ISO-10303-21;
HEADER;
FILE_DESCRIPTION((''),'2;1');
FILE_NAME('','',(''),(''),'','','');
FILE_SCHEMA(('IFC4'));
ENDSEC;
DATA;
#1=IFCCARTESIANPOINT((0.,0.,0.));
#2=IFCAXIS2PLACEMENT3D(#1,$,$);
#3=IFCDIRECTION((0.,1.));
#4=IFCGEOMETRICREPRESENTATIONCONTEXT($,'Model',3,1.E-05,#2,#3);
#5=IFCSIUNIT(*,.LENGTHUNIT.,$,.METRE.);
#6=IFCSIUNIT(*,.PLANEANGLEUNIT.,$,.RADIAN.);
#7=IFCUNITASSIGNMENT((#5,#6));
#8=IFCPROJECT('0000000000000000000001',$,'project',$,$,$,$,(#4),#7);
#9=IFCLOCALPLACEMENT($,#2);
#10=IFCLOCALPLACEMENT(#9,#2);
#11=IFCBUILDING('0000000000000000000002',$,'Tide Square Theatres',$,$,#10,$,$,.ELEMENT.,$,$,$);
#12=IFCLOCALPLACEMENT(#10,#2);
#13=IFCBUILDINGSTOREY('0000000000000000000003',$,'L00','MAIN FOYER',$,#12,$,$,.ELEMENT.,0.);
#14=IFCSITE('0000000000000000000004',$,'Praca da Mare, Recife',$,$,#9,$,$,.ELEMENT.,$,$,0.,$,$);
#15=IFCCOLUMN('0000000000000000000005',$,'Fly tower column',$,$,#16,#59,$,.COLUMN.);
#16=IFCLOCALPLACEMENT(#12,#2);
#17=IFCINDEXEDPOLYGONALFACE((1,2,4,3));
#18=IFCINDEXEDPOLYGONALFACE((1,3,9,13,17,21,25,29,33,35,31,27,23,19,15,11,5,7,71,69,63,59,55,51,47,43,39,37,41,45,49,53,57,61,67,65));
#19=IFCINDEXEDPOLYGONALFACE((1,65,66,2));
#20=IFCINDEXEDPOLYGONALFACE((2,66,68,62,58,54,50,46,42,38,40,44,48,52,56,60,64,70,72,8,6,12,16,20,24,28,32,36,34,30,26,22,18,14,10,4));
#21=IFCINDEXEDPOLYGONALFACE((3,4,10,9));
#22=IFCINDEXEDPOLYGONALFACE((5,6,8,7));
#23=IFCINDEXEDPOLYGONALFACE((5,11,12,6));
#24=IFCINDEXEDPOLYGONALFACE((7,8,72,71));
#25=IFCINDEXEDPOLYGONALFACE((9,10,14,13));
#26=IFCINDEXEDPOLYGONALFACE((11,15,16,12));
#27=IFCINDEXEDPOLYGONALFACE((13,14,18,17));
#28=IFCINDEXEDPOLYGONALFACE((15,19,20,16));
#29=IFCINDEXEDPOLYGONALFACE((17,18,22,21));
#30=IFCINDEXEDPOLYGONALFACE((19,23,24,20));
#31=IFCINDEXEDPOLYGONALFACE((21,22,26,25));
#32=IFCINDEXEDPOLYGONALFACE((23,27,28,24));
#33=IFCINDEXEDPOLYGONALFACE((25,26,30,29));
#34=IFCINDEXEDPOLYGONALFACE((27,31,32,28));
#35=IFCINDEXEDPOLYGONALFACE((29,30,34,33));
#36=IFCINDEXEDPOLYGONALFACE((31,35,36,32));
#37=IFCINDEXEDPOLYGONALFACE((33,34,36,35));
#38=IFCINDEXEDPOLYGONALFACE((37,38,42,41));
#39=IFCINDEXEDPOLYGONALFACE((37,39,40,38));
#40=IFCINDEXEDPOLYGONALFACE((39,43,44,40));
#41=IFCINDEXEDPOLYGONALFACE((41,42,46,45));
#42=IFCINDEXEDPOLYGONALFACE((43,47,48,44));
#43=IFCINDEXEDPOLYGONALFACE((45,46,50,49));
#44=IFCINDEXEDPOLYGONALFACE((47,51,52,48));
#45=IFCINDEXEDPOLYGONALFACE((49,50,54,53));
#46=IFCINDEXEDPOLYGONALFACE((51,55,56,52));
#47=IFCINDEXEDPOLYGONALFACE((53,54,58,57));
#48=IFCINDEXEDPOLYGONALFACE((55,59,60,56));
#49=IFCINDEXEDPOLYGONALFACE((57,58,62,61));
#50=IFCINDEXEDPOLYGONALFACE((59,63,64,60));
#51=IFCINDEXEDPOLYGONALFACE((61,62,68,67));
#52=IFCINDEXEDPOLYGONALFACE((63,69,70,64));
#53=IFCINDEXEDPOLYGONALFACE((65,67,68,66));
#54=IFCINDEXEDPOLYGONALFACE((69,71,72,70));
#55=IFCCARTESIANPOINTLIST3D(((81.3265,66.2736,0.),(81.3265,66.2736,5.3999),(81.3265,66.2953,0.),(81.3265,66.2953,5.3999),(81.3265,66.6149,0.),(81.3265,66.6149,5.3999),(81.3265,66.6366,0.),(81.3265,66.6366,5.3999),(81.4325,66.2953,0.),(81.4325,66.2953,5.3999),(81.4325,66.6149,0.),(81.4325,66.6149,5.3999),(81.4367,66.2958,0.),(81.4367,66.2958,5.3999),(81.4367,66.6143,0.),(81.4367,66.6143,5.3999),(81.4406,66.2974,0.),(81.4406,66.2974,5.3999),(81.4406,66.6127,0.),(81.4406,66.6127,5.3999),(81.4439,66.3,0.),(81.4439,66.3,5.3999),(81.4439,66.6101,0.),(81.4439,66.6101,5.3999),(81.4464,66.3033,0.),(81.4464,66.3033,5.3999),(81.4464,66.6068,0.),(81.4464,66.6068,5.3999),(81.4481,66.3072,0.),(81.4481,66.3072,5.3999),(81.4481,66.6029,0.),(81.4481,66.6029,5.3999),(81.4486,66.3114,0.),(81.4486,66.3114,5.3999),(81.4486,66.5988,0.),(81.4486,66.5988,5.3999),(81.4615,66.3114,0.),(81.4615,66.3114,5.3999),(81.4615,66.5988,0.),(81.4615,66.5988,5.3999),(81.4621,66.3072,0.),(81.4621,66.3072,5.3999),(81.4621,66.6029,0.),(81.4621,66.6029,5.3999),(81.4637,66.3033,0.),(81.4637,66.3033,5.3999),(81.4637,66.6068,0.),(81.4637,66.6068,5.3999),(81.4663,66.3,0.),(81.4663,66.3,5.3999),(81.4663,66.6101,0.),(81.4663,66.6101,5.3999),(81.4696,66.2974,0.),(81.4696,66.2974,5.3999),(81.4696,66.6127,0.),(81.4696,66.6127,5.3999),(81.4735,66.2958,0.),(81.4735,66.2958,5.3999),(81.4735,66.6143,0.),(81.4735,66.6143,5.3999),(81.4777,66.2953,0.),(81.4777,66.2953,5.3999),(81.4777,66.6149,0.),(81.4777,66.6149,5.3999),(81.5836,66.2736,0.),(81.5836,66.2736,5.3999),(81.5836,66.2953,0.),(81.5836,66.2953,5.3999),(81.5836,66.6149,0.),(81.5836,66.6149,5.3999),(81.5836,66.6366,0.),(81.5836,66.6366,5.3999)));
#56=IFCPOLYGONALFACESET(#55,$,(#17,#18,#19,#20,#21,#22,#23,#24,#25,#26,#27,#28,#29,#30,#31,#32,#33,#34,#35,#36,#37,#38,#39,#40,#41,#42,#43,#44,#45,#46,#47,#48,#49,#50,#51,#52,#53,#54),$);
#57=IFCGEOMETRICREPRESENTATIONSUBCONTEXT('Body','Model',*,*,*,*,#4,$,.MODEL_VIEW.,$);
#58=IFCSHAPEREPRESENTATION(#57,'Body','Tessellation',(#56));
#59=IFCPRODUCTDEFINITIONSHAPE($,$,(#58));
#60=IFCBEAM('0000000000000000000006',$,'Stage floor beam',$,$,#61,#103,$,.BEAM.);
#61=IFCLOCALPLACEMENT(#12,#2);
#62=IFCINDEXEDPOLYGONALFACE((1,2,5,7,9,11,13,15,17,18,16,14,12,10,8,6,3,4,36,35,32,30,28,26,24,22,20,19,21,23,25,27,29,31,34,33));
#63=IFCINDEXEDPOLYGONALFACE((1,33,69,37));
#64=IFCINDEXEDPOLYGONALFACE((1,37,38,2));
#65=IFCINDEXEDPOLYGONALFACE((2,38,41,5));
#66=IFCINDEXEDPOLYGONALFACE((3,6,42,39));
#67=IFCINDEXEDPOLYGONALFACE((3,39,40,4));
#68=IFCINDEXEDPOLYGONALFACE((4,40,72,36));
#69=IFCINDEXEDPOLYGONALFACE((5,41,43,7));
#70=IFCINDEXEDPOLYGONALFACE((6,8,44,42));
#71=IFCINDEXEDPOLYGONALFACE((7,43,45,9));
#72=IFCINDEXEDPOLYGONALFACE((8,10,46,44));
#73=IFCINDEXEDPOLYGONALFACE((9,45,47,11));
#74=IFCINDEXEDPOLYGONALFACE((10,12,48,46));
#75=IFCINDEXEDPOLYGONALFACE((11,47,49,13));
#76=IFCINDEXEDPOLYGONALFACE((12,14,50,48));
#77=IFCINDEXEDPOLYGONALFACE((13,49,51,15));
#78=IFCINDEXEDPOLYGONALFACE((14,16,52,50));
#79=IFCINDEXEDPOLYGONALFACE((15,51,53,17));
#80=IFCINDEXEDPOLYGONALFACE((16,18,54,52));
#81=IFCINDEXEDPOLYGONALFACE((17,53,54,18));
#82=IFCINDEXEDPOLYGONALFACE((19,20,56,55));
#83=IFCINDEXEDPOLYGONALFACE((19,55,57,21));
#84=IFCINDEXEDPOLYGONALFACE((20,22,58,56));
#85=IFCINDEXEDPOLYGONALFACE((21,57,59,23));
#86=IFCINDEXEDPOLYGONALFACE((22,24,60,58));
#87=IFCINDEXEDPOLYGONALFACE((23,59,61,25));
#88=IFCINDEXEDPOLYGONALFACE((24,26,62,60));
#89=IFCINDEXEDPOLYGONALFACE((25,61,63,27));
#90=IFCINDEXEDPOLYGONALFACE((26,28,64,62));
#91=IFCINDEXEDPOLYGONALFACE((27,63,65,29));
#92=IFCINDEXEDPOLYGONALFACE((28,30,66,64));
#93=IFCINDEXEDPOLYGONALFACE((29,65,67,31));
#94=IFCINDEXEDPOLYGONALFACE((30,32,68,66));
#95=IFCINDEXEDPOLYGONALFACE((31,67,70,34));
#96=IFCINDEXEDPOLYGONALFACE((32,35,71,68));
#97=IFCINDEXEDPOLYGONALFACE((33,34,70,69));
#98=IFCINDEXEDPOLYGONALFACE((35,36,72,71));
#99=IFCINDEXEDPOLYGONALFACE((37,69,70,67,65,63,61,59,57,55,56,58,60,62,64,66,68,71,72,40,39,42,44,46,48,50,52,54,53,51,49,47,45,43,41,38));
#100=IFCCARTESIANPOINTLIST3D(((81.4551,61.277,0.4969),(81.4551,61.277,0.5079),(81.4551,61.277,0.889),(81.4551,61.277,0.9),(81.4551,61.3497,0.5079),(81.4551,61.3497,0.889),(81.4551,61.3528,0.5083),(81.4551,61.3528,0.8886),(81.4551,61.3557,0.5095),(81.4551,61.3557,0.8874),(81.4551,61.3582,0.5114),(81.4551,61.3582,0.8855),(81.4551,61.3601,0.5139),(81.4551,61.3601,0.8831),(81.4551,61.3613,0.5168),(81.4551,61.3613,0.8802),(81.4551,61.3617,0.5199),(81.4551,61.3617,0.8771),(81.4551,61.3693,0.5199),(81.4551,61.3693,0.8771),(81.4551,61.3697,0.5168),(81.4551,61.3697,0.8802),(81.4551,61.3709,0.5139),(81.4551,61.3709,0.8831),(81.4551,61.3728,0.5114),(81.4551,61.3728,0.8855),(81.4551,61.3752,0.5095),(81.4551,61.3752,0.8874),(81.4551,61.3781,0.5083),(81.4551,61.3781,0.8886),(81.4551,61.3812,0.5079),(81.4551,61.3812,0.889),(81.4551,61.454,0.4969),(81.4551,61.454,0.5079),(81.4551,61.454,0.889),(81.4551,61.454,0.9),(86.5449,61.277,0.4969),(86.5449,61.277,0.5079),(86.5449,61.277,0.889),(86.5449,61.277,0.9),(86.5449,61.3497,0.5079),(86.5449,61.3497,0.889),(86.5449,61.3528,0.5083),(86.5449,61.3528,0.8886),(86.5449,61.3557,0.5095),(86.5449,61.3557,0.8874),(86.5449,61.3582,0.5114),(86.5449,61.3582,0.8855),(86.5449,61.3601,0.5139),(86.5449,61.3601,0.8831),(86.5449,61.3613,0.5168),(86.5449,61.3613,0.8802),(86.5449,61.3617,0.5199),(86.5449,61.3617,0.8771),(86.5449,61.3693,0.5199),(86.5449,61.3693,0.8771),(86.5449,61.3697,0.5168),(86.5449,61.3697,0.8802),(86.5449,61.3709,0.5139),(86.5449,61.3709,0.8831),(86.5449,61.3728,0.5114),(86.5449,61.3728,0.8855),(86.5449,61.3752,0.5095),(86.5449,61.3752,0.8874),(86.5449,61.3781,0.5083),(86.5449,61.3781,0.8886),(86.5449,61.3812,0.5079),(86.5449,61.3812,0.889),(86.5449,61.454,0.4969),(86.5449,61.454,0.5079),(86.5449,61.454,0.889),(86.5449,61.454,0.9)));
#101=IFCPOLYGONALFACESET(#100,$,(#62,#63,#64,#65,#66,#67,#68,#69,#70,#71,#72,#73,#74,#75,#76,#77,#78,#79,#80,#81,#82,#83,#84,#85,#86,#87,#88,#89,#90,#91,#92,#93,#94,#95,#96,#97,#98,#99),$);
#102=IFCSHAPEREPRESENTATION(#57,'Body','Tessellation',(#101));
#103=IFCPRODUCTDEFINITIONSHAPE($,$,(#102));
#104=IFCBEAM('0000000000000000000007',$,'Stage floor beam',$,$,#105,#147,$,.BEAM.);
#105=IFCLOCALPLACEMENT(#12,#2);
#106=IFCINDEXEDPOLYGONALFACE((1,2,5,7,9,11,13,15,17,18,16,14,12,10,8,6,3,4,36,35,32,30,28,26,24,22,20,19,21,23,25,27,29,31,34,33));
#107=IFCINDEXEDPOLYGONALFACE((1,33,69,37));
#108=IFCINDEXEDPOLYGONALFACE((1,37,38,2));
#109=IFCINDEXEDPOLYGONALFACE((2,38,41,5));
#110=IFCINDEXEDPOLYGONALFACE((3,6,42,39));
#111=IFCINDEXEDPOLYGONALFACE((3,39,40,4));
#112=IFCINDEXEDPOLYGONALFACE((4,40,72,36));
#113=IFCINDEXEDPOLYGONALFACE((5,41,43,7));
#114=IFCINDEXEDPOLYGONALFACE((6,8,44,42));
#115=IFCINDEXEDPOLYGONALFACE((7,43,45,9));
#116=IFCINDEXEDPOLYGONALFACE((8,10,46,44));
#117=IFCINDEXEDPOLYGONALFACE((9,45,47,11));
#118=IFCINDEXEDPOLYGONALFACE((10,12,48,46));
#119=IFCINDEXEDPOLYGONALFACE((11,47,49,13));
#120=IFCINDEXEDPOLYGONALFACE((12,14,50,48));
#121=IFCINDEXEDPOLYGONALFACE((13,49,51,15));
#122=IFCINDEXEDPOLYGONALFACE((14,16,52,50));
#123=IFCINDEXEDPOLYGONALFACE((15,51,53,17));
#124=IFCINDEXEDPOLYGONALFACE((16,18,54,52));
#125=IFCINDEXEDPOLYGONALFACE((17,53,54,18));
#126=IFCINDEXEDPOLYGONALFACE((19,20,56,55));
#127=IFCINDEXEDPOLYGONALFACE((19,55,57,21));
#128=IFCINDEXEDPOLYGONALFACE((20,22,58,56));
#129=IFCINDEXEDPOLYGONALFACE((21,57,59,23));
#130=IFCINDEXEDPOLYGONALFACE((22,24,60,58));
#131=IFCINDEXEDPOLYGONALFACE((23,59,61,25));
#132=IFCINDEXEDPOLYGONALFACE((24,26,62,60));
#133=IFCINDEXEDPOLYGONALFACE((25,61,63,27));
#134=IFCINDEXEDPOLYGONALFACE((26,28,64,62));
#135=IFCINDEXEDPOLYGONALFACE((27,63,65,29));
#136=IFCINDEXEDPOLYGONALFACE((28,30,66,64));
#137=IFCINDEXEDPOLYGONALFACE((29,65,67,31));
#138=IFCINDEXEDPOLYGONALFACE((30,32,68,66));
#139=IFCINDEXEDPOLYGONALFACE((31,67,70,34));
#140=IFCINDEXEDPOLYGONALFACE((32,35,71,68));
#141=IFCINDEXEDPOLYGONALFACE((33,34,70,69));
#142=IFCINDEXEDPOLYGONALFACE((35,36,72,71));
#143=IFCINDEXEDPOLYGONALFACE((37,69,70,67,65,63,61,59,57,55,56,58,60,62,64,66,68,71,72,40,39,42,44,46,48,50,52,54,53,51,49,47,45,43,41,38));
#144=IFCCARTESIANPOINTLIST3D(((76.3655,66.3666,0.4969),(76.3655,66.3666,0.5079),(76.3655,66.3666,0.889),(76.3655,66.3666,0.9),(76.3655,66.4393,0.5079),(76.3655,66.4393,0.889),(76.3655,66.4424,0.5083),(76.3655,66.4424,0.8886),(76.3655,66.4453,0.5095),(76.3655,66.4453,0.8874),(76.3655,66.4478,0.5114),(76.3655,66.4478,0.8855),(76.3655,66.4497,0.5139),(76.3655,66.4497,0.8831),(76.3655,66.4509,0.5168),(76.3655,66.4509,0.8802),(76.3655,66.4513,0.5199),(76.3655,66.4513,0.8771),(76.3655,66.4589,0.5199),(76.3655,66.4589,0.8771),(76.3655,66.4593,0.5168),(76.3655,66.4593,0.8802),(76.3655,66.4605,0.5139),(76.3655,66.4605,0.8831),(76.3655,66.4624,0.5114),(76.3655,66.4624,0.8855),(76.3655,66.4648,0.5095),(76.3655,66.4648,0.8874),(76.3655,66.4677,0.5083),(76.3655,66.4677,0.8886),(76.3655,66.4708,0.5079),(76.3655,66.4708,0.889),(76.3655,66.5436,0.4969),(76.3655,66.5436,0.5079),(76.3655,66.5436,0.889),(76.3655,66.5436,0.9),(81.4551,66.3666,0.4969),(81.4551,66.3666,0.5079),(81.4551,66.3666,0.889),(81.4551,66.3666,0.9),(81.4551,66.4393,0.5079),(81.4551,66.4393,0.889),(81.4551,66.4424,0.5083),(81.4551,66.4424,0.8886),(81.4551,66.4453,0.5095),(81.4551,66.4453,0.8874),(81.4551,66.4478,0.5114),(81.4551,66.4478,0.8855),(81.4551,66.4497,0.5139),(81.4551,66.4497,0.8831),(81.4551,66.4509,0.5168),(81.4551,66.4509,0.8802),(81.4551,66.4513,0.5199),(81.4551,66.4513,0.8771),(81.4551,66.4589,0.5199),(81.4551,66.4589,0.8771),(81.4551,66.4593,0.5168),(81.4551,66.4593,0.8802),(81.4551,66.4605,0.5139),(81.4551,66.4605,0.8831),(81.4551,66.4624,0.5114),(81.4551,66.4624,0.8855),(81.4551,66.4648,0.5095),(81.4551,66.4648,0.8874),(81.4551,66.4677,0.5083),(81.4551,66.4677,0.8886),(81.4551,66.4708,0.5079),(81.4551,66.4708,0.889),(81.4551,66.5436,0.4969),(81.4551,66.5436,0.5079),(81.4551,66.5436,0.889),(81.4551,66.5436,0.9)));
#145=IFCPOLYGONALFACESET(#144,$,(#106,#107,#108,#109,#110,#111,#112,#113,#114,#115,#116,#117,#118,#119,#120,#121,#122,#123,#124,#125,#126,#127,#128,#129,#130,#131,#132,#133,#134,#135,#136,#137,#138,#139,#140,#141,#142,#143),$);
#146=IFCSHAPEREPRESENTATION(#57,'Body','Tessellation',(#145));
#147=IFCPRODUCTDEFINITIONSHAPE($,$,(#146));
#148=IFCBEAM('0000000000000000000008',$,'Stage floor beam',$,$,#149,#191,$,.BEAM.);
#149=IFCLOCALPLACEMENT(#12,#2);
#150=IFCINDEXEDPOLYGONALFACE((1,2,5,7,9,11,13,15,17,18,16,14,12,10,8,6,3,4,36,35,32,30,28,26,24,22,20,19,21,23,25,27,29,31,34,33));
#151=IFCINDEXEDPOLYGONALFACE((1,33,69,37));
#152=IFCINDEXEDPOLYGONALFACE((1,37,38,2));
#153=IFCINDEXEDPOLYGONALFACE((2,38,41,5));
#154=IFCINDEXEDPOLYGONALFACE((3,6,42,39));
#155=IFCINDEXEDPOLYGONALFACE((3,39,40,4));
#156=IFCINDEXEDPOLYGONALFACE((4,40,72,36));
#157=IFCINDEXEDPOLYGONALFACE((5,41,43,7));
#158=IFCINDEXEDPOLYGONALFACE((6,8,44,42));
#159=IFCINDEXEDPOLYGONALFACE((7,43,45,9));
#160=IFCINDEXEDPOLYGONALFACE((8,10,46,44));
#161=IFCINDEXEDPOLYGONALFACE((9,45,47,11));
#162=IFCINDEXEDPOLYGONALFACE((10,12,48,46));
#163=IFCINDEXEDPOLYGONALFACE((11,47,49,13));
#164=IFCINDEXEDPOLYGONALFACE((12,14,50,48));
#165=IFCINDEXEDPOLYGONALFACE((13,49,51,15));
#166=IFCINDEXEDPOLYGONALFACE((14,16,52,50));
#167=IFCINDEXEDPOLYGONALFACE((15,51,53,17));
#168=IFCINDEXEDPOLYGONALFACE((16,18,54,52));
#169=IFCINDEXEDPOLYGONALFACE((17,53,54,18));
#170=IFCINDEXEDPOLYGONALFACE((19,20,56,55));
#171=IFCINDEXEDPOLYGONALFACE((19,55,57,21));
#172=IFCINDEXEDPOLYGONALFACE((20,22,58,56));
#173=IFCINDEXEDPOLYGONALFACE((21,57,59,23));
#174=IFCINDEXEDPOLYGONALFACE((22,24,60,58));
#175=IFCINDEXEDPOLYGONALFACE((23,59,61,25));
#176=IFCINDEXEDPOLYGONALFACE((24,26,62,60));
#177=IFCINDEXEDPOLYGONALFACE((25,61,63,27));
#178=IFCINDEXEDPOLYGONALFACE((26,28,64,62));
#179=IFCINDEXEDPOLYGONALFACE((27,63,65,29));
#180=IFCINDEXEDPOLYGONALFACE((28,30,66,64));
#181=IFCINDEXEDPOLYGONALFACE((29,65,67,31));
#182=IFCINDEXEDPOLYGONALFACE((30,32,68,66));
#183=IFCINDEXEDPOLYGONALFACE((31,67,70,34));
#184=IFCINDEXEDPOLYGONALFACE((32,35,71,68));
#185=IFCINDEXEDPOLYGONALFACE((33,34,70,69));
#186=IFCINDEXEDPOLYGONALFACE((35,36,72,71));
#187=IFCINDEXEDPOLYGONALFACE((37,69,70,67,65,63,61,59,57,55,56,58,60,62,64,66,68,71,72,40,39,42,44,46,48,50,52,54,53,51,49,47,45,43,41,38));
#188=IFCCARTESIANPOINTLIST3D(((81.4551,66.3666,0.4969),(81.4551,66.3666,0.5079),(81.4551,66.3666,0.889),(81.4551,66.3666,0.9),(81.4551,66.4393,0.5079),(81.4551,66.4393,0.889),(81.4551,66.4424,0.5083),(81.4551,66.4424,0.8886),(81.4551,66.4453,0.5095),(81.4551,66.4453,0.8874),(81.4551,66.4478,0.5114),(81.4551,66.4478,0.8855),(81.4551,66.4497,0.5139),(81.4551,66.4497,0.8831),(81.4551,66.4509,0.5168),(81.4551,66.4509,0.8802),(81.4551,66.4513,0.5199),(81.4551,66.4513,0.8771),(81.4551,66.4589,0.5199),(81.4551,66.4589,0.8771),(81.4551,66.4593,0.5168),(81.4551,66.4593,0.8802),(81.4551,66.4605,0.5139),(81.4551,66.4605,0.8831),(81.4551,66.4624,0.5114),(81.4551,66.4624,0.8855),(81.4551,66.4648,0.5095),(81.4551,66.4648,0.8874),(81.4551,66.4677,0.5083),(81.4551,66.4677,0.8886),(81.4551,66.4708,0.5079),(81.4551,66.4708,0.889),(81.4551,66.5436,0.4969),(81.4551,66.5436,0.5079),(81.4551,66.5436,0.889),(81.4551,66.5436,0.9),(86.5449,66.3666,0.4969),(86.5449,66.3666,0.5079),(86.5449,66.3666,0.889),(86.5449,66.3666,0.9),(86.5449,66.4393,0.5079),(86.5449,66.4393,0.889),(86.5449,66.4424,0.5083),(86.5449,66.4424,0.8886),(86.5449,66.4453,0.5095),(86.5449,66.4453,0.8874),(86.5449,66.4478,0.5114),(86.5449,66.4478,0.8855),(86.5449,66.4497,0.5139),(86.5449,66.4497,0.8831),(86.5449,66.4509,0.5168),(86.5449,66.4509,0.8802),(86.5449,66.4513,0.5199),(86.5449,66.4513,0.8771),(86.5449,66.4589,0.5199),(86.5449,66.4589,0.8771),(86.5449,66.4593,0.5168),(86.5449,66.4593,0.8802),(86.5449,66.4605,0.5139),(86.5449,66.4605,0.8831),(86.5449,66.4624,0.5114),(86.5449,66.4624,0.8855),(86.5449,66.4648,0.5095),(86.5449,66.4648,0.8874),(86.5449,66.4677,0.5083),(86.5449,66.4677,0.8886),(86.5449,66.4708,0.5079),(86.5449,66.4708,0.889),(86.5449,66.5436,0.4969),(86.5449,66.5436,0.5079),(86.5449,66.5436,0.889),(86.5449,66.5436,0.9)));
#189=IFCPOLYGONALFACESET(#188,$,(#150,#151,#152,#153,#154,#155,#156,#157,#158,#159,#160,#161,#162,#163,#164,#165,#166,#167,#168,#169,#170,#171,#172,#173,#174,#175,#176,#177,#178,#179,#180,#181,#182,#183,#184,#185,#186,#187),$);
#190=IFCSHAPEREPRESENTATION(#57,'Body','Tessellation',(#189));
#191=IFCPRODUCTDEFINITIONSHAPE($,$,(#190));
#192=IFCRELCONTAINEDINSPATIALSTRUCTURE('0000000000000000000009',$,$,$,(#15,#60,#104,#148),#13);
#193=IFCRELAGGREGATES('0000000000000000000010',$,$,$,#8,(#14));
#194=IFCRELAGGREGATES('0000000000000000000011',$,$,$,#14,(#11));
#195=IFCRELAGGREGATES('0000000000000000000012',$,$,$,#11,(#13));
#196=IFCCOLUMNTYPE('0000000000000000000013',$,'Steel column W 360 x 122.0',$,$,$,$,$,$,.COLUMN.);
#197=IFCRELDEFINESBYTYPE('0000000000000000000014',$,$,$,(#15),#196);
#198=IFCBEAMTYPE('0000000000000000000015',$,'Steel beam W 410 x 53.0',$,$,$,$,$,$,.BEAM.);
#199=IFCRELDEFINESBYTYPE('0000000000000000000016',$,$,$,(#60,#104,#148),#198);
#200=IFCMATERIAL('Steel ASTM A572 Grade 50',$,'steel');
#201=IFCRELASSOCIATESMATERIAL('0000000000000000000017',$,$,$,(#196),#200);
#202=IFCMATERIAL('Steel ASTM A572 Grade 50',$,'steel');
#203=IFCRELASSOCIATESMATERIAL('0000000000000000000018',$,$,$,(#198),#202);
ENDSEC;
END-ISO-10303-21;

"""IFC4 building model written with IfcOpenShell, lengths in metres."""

from ifc_helpers import new_model, si_unit, direction, frame, origin, origin_2d, place, context, subcontext, project, spatial, i_section, extrude, material, material_profile, profile_set, type_object, element, save


model = new_model("IFC4")

# Units and contexts
model_context = context("Model", 3, precision=1e-05, world=origin(), true_north=direction((0.0, 1.0)))
body_context = subcontext(model_context, "Body", "Model", "MODEL_VIEW")
ifc_project = project(units=[si_unit("LENGTHUNIT", "METRE"), si_unit("PLANEANGLEUNIT", "RADIAN")], contexts=[model_context])

# Site, building, storey
site_placement = place(None, origin())
site = spatial("IfcSite", under=ifc_project, at=site_placement, Name="Praca da Mare, Recife", CompositionType="ELEMENT", RefElevation=0.0)
building_placement = place(site_placement, origin())
building = spatial("IfcBuilding", under=site, at=building_placement, Name="Tide Square Theatres", CompositionType="ELEMENT")
storey_placement = place(building_placement, origin())
storey = spatial("IfcBuildingStorey", under=building, at=storey_placement, Name="L00", Description="MAIN FOYER", CompositionType="ELEMENT", Elevation=0.0)

# Column
ifc_material_1 = material(Name="Steel ASTM A572 Grade 50", Category="steel")
ifc_material_profile_1 = material_profile(ifc_material_1, i_section(OverallWidth=0.2571, OverallDepth=0.363, WebThickness=0.0129, FlangeThickness=0.0217, FilletRadius=0.0161, at=origin_2d()))
ifc_profile_set_1 = profile_set([ifc_material_profile_1], Name="Steel ASTM A572 Grade 50")
column_type = type_object("IfcColumnType", Name="Steel column W 360 x 122.0", PredefinedType="COLUMN", material=ifc_profile_set_1)
for number, where, z_axis, x_axis, name in (
    (1, (81.4551, 66.4551, 0.0), (0.0, 0.0, 1.0), (1.0, 0.0, 0.0), "Fly tower column"),
):
    element("IfcColumn", number, at=place(storey_placement, frame(where, z_axis=z_axis, x_axis=x_axis)), inside=storey, type_object=column_type, Name=name, PredefinedType="COLUMN", context=body_context, shape_type="SweptSolid", body=[
        extrude(i_section(OverallWidth=0.2571, OverallDepth=0.363, WebThickness=0.0129, FlangeThickness=0.0217, FilletRadius=0.0161, at=origin_2d()), origin(), (0.0, 0.0, 1.0), 5.3999),
    ])

# Beams
ifc_material_2 = material(Name="Steel ASTM A572 Grade 50", Category="steel")
ifc_material_profile_2 = material_profile(ifc_material_2, i_section(OverallWidth=0.177, OverallDepth=0.4031, WebThickness=0.0076, FlangeThickness=0.011, FilletRadius=0.012, at=origin_2d()))
ifc_profile_set_2 = profile_set([ifc_material_profile_2], Name="Steel ASTM A572 Grade 50")
beam_type = type_object("IfcBeamType", Name="Steel beam W 410 x 53.0", PredefinedType="BEAM", material=ifc_profile_set_2)
beam_1_placement = place(storey_placement, frame((81.4551, 61.3655, 0.6985), z_axis=(1.0, 0.0, 0.0), x_axis=(0.0, 1.0, 0.0)))
element("IfcBeam", 2, at=beam_1_placement, inside=storey, type_object=beam_type, Name="Stage floor beam", PredefinedType="BEAM", context=body_context, shape_type="SweptSolid", body=[
    extrude(i_section(OverallWidth=0.177, OverallDepth=0.4031, WebThickness=0.0076, FlangeThickness=0.011, FilletRadius=0.012, at=origin_2d()), origin(), (0.0, 0.0, 1.0), 5.0898),
])
beam_2_placement = place(storey_placement, frame((76.3655, 66.4551, 0.6985), z_axis=(1.0, 0.0, 0.0), x_axis=(0.0, 1.0, 0.0)))
element("IfcBeam", 3, at=beam_2_placement, inside=storey, type_object=beam_type, Name="Stage floor beam", PredefinedType="BEAM", context=body_context, shape_type="SweptSolid", body=[
    extrude(i_section(OverallWidth=0.177, OverallDepth=0.4031, WebThickness=0.0076, FlangeThickness=0.011, FilletRadius=0.012, at=origin_2d()), origin(), (0.0, 0.0, 1.0), 5.0896),
])
for number, where, z_axis, x_axis, name in (
    (4, (81.4551, 66.4551, 0.6985), (1.0, 0.0, 0.0), (0.0, 1.0, 0.0), "Stage floor beam"),
):
    element("IfcBeam", number, at=place(storey_placement, frame(where, z_axis=z_axis, x_axis=x_axis)), inside=storey, type_object=beam_type, Name=name, PredefinedType="BEAM", context=body_context, shape_type="SweptSolid", body=[
        extrude(i_section(OverallWidth=0.177, OverallDepth=0.4031, WebThickness=0.0076, FlangeThickness=0.011, FilletRadius=0.012, at=origin_2d()), origin(), (0.0, 0.0, 1.0), 5.0898),
    ])

save(model, "model.ifc")
